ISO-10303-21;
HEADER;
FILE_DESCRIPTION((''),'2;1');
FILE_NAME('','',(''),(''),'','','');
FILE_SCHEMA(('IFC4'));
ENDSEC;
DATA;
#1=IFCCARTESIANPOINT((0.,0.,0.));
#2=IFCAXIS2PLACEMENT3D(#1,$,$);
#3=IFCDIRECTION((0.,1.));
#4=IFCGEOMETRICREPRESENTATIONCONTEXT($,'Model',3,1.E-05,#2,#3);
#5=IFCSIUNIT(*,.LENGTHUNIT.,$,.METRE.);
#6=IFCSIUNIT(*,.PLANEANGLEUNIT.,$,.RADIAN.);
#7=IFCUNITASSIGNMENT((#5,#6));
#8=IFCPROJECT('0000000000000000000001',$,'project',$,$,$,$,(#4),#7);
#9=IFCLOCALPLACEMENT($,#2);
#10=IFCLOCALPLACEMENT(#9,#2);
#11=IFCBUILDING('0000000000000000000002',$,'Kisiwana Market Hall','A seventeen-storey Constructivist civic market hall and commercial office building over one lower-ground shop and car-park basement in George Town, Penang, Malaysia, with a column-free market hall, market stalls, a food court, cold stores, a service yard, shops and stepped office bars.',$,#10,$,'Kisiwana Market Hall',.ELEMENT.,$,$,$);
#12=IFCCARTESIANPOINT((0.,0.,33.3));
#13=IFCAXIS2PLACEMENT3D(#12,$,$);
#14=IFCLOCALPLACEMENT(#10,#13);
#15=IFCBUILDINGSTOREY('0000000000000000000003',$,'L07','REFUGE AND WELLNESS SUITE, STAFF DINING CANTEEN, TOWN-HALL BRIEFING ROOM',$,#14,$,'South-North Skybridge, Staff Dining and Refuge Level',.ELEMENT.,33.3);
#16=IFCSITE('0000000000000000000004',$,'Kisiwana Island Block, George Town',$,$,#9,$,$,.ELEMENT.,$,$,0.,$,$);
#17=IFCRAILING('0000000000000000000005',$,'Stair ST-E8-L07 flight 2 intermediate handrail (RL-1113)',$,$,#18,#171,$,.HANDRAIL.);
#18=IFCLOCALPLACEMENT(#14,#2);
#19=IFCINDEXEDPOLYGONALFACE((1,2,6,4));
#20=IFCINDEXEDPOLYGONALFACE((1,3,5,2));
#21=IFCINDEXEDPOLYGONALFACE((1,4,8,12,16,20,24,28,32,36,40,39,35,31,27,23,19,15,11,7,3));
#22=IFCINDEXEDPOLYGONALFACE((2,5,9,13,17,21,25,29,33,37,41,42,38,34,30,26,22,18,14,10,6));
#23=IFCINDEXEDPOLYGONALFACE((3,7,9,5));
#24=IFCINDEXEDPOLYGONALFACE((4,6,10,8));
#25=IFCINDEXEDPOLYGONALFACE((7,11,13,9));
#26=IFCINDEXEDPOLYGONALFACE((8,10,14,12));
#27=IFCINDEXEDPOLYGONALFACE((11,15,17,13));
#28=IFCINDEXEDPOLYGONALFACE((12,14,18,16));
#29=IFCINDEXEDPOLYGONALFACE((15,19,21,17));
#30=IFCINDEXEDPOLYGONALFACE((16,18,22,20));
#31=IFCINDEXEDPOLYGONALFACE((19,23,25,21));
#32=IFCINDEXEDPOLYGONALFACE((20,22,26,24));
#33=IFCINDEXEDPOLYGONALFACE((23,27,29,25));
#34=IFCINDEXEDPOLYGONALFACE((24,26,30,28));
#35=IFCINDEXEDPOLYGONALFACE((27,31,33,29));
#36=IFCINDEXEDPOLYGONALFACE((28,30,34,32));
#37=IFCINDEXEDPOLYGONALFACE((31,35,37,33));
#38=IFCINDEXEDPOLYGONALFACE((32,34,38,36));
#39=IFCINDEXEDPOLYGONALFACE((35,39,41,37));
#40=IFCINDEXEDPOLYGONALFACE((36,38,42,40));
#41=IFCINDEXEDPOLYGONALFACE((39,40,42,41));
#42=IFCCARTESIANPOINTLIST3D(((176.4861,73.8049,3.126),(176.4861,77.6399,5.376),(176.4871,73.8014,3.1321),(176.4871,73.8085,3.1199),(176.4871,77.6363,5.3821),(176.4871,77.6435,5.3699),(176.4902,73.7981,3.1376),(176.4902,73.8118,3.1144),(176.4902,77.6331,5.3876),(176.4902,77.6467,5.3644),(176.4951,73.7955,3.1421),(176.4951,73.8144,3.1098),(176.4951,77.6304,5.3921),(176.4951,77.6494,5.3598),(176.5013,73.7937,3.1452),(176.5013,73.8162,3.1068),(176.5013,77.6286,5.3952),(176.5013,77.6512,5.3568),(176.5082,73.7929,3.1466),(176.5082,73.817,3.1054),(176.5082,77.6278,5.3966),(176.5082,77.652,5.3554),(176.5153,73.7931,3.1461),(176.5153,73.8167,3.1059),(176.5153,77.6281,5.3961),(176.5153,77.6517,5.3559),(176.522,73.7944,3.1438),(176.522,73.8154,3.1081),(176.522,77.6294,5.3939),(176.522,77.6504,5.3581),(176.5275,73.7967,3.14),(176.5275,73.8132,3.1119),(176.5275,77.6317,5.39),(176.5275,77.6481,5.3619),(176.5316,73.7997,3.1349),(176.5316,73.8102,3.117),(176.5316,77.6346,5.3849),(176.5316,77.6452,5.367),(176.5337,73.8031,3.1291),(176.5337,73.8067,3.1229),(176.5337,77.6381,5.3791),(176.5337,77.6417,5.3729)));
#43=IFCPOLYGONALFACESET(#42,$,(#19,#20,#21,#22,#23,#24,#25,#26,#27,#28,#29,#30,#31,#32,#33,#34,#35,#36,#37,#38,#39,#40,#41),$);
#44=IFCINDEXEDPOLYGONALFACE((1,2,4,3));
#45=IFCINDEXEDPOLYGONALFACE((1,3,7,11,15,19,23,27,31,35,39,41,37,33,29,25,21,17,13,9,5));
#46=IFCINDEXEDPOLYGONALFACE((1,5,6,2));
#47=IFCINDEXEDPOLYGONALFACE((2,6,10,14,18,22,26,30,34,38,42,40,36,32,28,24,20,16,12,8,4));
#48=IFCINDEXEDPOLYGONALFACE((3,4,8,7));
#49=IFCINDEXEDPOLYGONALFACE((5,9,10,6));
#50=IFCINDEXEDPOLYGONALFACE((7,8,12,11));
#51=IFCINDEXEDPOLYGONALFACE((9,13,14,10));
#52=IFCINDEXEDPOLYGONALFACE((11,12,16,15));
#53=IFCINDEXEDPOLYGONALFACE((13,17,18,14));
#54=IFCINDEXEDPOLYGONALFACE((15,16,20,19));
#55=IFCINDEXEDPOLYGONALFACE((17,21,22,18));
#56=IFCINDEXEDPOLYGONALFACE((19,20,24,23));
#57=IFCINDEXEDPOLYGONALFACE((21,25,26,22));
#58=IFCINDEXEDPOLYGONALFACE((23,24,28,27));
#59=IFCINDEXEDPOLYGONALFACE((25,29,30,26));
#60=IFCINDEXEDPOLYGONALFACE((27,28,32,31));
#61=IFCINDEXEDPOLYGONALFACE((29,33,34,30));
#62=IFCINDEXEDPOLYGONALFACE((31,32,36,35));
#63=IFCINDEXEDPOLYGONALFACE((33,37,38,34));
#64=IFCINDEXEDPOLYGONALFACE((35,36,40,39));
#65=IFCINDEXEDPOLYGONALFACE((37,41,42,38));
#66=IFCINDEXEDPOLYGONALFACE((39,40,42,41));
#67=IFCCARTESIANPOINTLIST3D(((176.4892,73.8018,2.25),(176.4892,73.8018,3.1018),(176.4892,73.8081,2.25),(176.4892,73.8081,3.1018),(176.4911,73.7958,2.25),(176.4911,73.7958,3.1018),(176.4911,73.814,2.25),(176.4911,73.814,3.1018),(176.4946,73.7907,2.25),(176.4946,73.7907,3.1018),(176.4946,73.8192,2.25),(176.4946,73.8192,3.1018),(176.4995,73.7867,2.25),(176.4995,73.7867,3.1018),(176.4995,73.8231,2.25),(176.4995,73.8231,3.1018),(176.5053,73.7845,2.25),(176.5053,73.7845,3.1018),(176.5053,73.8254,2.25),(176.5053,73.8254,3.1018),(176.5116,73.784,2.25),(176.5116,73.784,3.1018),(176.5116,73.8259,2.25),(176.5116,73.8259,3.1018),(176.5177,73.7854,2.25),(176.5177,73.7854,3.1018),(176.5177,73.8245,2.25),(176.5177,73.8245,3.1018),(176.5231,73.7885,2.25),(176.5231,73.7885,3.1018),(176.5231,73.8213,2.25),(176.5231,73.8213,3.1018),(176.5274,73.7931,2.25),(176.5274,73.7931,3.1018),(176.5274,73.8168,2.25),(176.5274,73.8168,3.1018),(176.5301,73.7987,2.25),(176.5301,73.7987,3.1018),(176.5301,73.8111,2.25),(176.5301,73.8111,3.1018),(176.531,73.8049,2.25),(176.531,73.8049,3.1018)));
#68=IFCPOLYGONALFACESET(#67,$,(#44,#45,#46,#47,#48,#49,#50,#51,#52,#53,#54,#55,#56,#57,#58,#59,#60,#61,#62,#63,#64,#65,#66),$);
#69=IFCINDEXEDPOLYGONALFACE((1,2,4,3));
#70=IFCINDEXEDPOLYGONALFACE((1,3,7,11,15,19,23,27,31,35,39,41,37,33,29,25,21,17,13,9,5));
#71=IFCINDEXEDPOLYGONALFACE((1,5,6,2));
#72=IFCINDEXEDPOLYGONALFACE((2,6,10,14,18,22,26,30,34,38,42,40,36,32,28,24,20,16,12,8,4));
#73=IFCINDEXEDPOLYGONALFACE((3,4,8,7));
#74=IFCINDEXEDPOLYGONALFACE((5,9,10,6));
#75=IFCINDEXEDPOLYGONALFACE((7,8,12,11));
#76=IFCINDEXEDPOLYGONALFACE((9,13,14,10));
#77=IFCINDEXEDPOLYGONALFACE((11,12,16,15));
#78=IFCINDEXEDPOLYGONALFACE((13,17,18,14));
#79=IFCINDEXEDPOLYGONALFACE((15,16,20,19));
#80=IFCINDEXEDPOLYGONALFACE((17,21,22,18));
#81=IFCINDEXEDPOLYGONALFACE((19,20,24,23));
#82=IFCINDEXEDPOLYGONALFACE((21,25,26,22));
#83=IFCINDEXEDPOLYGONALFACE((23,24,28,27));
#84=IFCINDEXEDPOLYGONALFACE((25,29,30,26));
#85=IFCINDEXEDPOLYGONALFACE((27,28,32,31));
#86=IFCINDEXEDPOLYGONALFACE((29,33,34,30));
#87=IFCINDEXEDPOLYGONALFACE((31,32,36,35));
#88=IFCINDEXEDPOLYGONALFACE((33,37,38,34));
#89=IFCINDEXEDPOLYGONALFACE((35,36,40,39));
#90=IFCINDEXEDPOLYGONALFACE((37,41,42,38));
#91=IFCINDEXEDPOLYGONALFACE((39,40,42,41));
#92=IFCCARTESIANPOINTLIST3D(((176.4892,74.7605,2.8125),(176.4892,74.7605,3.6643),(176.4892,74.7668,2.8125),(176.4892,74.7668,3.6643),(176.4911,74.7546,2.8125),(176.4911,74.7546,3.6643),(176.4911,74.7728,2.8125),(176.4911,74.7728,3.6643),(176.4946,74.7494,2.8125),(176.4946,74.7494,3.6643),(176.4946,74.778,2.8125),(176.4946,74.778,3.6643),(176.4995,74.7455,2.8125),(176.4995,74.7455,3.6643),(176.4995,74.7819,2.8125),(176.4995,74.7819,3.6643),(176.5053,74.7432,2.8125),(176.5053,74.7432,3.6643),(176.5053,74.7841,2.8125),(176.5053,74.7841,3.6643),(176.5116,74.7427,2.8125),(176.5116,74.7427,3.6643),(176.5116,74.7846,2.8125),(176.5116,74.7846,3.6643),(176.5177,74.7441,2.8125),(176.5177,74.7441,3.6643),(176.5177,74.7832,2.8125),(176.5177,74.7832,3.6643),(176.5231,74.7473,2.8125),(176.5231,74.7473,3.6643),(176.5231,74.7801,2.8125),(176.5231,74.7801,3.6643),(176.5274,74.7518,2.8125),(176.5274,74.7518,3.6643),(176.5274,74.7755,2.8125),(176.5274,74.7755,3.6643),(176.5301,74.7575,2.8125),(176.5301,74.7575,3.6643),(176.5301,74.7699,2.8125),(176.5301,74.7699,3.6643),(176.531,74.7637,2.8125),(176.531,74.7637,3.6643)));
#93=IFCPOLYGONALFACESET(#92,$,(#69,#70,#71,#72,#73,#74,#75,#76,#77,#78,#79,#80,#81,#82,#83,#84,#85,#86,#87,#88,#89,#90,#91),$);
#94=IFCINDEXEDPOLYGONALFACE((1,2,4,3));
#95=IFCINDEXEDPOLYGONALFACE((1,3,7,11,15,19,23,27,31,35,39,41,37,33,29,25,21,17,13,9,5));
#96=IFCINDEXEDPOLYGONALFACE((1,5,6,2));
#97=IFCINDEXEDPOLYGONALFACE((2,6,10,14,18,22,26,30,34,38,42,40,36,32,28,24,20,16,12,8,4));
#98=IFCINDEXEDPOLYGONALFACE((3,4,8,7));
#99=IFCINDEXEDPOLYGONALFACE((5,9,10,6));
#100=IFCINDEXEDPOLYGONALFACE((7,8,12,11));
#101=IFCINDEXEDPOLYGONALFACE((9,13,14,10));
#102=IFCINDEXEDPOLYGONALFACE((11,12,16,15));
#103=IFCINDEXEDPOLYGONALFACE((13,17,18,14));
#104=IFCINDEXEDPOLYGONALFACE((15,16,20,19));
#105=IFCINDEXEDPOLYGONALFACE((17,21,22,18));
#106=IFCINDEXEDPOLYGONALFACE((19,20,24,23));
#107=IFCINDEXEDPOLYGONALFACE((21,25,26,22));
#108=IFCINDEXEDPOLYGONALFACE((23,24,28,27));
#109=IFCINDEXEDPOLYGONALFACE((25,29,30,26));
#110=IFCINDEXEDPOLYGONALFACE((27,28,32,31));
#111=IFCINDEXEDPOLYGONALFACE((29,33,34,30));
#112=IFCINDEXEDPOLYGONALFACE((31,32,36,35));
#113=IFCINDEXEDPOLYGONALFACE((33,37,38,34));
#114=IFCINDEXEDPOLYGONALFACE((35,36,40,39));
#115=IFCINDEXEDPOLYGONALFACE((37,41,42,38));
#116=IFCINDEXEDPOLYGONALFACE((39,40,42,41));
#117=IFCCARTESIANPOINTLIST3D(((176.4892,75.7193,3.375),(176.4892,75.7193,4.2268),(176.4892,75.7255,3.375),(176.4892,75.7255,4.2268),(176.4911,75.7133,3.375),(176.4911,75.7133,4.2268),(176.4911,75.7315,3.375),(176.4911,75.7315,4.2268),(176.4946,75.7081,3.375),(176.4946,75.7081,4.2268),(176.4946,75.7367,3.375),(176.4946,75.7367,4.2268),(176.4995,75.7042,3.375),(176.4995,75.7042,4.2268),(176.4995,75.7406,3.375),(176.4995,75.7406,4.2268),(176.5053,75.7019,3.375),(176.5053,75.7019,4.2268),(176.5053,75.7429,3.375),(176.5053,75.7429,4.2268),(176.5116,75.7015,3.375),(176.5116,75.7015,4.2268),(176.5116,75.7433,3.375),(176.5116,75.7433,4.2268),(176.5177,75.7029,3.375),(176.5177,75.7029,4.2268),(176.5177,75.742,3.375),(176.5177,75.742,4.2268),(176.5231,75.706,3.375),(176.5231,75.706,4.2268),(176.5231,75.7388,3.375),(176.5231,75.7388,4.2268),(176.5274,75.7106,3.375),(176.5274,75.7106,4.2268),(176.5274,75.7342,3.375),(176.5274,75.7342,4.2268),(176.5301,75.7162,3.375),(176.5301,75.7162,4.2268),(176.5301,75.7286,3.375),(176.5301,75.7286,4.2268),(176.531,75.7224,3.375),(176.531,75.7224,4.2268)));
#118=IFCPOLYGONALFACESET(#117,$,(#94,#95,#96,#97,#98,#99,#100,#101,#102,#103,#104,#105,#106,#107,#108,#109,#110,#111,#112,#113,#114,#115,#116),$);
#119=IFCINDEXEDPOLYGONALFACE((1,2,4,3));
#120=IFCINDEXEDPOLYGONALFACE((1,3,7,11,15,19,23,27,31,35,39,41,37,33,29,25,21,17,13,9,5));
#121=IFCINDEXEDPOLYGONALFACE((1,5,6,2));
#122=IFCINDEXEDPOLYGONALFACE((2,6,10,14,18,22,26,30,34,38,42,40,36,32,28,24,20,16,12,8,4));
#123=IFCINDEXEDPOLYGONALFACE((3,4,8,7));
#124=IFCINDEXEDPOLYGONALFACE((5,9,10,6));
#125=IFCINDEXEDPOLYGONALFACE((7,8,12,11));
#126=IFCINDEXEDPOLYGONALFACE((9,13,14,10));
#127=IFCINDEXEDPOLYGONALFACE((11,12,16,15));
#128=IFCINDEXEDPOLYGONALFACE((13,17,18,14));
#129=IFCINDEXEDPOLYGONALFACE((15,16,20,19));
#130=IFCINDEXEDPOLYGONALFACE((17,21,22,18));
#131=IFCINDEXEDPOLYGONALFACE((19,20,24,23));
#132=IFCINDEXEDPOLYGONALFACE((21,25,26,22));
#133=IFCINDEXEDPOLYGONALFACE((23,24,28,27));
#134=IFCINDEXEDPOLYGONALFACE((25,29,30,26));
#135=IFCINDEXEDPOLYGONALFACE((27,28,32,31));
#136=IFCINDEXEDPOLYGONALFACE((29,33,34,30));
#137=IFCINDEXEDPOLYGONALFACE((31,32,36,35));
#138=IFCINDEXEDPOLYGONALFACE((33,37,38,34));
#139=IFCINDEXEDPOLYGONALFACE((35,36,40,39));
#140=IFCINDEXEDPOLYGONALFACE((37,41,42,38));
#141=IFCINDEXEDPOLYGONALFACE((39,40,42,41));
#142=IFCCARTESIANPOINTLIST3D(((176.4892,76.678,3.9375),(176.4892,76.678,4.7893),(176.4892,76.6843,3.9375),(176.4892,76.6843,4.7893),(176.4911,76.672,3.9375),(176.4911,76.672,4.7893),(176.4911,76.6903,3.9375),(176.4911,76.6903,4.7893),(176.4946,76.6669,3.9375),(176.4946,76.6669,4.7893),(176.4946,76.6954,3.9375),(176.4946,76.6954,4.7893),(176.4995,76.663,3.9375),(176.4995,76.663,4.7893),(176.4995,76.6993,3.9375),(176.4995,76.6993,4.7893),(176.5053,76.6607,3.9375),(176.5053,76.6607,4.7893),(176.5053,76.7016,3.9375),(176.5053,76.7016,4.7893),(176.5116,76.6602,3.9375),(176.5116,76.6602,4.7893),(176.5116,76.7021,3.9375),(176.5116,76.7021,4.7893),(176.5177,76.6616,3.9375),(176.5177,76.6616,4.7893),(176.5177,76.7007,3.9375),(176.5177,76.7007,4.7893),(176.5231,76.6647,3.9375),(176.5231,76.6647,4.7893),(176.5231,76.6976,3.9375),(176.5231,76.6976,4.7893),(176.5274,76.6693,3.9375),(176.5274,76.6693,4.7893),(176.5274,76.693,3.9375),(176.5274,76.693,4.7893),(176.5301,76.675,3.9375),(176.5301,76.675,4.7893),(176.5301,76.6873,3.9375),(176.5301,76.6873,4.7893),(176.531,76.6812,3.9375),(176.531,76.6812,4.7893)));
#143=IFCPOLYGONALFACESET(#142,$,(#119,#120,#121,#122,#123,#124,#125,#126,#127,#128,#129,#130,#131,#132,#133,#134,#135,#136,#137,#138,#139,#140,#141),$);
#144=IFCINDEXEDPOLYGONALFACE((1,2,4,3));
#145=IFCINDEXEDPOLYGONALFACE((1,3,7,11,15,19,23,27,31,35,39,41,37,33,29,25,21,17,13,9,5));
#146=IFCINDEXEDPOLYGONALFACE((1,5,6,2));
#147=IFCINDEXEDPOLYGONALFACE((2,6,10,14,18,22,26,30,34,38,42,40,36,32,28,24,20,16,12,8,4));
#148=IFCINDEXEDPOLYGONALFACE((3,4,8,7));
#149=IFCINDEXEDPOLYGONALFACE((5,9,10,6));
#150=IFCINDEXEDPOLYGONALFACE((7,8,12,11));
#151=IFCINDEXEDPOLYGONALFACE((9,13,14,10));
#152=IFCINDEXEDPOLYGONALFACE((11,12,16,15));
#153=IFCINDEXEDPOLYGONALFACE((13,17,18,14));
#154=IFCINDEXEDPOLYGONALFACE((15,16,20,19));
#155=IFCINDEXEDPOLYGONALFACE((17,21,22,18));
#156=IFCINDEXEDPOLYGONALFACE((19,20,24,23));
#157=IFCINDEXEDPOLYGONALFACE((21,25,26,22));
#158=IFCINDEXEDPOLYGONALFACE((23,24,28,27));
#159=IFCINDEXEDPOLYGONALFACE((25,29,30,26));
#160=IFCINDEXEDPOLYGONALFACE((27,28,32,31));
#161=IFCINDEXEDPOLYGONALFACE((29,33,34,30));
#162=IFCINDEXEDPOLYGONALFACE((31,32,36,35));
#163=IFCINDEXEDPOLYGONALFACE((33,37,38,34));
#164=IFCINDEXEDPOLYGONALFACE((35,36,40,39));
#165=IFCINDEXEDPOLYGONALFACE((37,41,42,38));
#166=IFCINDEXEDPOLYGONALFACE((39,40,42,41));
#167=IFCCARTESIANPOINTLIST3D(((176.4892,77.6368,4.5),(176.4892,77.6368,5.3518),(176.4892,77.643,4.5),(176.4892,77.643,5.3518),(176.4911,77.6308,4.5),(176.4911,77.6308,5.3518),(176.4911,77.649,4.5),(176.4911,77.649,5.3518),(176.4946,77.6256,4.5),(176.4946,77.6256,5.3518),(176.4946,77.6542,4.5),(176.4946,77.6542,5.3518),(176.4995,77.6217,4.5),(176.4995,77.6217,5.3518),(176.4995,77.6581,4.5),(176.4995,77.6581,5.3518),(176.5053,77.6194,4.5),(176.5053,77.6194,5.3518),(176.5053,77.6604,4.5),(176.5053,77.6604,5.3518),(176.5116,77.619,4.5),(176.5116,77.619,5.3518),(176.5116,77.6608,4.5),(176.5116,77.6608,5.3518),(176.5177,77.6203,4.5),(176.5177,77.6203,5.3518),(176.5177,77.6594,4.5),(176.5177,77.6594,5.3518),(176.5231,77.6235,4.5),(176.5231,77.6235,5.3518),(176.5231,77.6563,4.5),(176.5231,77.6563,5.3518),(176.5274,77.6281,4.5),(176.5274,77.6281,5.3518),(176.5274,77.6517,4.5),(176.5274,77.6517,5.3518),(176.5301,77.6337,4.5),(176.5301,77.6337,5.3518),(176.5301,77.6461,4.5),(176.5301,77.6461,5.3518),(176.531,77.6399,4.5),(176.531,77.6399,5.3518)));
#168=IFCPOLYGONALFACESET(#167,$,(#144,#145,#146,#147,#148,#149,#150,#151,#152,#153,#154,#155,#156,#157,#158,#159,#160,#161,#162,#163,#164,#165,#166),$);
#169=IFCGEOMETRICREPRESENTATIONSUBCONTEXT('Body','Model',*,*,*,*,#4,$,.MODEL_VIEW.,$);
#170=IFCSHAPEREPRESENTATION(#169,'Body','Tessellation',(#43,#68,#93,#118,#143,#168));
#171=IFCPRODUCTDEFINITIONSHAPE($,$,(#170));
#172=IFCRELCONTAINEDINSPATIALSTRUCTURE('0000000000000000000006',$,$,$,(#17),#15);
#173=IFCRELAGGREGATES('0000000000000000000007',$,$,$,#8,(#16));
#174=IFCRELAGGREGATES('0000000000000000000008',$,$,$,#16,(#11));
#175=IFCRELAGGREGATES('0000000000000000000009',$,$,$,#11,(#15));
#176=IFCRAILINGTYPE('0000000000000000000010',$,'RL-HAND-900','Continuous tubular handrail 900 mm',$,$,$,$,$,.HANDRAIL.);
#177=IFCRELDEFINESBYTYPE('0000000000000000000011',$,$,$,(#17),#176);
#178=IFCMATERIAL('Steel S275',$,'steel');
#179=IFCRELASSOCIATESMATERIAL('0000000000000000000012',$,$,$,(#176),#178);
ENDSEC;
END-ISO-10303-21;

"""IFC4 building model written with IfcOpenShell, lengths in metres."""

from ifc_helpers import new_model, si_unit, direction, frame, origin, origin_2d, place, context, subcontext, project, spatial, circle, extrude, material, type_object, element, save


model = new_model("IFC4")

# Units and contexts
model_context = context("Model", 3, precision=1e-05, world=origin(), true_north=direction((0.0, 1.0)))
body_context = subcontext(model_context, "Body", "Model", "MODEL_VIEW")
ifc_project = project(units=[si_unit("LENGTHUNIT", "METRE"), si_unit("PLANEANGLEUNIT", "RADIAN")], contexts=[model_context])

# Site, building, storey
site_placement = place(None, origin())
site = spatial("IfcSite", under=ifc_project, at=site_placement, Name="Kisiwana Island Block, George Town", CompositionType="ELEMENT", RefElevation=0.0)
building_placement = place(site_placement, origin())
building = spatial("IfcBuilding", under=site, at=building_placement, Name="Kisiwana Market Hall", Description="A seventeen-storey Constructivist civic market hall and commercial office building over one lower-ground shop and car-park basement in George Town, Penang, Malaysia, with a column-free market hall, market stalls, a food court, cold stores, a service yard, shops and stepped office bars.", LongName="Kisiwana Market Hall", CompositionType="ELEMENT")
storey_placement = place(building_placement, frame((0.0, 0.0, 33.3)))
storey = spatial("IfcBuildingStorey", under=building, at=storey_placement, Name="L07", Description="REFUGE AND WELLNESS SUITE, STAFF DINING CANTEEN, TOWN-HALL BRIEFING ROOM", LongName="South-North Skybridge, Staff Dining and Refuge Level", CompositionType="ELEMENT", Elevation=33.3)

# Railing
ifc_material_1 = material(Name="Steel S275", Category="steel")
railing_type_1 = type_object("IfcRailingType", Name="RL-HAND-900", Description="Continuous tubular handrail 900 mm", PredefinedType="HANDRAIL", material=ifc_material_1)
railing_1_placement = place(storey_placement, frame((176.51, 73.8049, 2.25)))
element("IfcRailing", 1, at=railing_1_placement, inside=storey, type_object=railing_type_1, Name="Stair ST-E8-L07 flight 2 intermediate handrail (RL-1113)", PredefinedType="HANDRAIL", context=body_context, shape_type="SweptSolid", body=[
    extrude(circle(Radius=0.0239, at=origin_2d()), frame((0.0, 0.0, 0.876), z_axis=(0.0, 0.86251, 0.506041), x_axis=(-1.0, 0.0, 0.0)), (0.0, 0.0, 1.0), 4.4463),
    extrude(circle(Radius=0.021, at=origin_2d()), origin(), (0.0, 0.0, 1.0), 0.8518),
    extrude(circle(Radius=0.021, at=origin_2d()), frame((0.0, 0.9587, 0.5625)), (0.0, 0.0, 1.0), 0.8518),
    extrude(circle(Radius=0.021, at=origin_2d()), frame((0.0, 1.9175, 1.125)), (0.0, 0.0, 1.0), 0.8518),
    extrude(circle(Radius=0.021, at=origin_2d()), frame((0.0, 2.8762, 1.6875)), (0.0, 0.0, 1.0), 0.8518),
    extrude(circle(Radius=0.021, at=origin_2d()), frame((0.0, 3.835, 2.25)), (0.0, 0.0, 1.0), 0.8518),
])

save(model, "model.ifc")
